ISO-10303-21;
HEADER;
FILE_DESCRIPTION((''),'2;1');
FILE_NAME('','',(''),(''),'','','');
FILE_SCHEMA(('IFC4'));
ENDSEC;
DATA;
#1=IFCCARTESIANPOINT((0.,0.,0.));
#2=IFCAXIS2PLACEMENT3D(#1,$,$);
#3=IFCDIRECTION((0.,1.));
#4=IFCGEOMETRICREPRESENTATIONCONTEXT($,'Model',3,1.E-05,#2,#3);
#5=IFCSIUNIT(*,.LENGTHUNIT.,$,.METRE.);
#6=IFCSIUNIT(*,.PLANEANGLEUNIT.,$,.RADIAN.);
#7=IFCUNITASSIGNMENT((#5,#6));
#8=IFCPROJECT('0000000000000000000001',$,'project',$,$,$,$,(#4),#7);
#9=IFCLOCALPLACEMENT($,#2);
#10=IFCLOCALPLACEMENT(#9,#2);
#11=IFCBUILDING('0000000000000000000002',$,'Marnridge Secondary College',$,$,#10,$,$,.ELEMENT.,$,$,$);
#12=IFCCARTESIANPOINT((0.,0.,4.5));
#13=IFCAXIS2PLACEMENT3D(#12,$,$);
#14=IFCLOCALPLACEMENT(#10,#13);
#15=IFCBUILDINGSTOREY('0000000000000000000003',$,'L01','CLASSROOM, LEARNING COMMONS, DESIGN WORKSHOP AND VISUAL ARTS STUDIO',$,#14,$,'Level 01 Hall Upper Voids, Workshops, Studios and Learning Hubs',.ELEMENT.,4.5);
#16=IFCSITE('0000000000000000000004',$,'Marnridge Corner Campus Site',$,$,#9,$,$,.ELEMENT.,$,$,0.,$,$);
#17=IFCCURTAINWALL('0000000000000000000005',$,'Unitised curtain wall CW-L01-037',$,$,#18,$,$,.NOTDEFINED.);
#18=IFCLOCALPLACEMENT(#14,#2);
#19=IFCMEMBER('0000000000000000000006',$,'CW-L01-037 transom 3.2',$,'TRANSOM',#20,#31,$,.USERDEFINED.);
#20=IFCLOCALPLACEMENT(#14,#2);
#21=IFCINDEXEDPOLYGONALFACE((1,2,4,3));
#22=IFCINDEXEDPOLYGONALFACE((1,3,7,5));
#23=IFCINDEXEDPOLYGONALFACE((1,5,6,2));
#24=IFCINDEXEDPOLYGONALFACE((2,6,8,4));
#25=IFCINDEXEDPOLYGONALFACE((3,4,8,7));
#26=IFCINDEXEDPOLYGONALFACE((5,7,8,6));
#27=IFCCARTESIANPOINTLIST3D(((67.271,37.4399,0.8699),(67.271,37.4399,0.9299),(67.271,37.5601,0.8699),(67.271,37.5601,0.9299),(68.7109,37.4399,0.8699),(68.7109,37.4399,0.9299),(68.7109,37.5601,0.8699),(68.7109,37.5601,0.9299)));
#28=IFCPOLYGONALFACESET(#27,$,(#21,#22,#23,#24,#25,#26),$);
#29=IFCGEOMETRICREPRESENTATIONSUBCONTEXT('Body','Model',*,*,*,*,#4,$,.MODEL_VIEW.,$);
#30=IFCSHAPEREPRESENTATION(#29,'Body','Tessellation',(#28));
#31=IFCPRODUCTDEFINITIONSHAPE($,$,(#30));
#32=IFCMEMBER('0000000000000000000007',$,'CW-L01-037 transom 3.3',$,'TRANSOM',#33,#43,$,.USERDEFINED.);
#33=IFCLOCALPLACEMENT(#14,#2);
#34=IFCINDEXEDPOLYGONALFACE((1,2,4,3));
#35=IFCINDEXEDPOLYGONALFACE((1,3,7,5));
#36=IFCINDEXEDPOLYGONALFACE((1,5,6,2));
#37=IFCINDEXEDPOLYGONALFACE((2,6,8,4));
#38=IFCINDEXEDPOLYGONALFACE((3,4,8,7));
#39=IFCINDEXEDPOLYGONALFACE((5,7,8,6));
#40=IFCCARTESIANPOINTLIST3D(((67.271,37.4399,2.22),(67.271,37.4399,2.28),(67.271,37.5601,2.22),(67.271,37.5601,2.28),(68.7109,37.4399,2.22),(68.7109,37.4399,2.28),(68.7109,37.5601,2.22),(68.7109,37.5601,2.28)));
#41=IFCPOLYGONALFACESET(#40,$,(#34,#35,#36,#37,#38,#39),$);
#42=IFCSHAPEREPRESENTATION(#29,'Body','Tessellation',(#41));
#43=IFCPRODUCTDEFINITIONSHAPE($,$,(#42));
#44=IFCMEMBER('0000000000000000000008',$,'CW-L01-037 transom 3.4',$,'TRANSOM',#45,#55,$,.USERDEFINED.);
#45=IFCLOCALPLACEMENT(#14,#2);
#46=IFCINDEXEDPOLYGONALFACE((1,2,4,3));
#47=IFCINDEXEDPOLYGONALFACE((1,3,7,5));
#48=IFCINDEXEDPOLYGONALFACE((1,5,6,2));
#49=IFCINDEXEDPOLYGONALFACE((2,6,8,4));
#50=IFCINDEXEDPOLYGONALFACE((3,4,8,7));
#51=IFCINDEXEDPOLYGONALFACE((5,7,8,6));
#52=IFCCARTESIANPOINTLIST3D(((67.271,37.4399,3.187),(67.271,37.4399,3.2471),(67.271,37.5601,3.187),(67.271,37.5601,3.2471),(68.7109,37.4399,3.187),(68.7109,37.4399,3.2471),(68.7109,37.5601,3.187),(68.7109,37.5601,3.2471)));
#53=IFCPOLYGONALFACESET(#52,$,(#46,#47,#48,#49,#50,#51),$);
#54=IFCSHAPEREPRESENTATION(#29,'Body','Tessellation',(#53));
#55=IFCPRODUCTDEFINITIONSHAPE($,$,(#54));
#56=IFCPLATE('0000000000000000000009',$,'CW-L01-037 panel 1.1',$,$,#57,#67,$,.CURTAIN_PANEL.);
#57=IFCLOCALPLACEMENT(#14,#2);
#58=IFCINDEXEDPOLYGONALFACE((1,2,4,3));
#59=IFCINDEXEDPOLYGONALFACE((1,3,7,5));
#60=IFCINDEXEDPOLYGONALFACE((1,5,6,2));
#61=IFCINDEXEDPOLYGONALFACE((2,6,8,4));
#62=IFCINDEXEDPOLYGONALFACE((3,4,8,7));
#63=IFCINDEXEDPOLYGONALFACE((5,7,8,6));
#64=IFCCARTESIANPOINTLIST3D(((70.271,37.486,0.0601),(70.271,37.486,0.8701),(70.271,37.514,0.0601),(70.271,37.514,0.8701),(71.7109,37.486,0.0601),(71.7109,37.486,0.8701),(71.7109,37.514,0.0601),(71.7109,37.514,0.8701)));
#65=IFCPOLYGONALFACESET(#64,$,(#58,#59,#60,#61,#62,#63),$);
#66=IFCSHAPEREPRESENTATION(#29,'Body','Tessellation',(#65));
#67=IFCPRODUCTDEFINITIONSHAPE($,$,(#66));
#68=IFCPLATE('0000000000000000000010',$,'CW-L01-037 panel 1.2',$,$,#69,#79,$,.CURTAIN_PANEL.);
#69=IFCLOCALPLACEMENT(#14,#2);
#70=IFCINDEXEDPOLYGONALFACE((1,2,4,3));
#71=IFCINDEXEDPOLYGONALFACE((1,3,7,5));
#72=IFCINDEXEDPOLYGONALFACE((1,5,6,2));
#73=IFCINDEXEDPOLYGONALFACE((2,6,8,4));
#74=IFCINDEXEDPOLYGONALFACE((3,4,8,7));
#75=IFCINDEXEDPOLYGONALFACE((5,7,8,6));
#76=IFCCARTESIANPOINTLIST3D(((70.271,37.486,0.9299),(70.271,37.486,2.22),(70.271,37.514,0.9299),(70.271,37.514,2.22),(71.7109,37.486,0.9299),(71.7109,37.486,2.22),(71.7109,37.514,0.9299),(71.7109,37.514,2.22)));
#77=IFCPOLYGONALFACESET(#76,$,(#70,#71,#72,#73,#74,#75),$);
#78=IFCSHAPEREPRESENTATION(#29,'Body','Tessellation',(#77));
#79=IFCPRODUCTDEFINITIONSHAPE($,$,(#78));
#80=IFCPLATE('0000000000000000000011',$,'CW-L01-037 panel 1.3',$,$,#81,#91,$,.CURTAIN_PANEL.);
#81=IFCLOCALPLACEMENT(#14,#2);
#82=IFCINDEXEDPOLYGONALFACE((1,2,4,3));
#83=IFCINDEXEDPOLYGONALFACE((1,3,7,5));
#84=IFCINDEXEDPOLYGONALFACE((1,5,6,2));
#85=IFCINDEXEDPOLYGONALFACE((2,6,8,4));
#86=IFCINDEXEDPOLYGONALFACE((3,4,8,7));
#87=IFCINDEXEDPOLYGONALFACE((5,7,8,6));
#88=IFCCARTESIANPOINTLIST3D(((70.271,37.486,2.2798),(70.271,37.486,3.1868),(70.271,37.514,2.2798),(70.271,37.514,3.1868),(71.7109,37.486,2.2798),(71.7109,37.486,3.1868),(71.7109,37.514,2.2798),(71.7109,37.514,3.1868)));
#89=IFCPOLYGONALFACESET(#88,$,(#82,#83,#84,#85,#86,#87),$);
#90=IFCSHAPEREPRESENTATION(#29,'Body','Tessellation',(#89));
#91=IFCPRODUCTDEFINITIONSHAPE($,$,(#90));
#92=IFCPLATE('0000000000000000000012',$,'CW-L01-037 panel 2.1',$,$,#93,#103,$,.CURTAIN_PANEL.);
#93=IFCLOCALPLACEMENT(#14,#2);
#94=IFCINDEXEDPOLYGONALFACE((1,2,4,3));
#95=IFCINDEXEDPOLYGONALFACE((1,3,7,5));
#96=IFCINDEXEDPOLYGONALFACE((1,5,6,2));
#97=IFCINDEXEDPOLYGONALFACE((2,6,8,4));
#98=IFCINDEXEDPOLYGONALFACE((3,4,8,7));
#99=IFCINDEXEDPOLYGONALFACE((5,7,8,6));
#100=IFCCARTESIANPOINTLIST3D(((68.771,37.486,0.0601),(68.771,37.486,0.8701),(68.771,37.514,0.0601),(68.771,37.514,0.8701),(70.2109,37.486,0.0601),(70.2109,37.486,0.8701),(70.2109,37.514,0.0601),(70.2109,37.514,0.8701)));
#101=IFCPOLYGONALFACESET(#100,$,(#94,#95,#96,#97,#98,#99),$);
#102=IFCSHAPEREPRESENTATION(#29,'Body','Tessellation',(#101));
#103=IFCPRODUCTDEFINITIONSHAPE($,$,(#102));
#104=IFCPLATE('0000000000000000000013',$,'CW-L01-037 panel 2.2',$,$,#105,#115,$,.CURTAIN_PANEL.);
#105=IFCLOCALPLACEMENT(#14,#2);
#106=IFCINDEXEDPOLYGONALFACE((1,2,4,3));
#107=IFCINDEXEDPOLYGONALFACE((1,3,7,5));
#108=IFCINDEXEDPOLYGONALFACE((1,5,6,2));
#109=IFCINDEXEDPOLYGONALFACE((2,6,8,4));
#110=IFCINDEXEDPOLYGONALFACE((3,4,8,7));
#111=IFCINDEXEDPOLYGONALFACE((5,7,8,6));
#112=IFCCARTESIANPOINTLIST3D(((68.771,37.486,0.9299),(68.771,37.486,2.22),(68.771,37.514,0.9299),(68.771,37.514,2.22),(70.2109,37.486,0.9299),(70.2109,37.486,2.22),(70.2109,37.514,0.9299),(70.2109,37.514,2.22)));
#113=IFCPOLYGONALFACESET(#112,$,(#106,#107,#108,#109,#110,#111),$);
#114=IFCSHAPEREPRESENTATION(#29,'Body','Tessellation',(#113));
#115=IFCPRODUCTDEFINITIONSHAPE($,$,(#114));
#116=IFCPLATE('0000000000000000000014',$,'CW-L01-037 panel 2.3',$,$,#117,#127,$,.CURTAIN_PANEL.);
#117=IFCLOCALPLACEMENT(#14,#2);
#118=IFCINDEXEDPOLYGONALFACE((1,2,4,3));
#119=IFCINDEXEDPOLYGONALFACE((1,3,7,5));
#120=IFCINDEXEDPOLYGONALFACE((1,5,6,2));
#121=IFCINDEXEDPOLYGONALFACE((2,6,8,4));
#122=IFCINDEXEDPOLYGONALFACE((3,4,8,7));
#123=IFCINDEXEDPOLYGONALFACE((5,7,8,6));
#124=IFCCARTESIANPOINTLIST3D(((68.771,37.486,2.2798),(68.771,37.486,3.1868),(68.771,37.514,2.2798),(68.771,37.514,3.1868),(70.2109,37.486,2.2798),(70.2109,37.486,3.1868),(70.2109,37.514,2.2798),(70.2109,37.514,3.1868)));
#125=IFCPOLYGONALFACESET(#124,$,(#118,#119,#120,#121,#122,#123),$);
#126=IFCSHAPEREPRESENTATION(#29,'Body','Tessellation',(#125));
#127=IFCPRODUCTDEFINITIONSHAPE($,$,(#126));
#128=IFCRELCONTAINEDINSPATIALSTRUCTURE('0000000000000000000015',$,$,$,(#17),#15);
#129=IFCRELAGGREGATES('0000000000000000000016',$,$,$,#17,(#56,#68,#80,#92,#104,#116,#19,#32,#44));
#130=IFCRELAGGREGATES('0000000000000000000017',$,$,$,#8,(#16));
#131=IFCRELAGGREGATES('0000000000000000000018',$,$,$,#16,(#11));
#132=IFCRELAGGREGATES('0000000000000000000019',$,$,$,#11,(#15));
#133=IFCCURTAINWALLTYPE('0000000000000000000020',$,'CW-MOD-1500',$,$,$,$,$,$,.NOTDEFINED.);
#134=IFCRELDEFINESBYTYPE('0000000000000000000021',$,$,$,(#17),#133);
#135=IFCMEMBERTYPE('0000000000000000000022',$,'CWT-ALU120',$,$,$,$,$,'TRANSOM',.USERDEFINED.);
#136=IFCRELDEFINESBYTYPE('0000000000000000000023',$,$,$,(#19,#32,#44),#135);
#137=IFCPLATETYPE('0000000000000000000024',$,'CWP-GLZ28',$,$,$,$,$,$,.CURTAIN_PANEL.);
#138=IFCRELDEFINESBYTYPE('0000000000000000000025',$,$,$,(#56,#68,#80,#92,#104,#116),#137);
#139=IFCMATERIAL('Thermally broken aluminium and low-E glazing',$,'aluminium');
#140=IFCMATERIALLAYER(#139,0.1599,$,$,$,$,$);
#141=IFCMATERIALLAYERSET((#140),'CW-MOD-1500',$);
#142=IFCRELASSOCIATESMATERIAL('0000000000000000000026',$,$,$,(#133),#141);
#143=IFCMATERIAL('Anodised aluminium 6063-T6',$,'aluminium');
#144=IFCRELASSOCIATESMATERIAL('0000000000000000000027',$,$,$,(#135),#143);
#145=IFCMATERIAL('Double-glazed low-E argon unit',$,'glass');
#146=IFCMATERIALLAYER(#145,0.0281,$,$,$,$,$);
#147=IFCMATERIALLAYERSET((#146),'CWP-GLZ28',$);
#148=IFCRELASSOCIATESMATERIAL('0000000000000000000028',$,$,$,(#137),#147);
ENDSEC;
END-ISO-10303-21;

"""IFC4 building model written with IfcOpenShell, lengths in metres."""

from ifc_helpers import new_model, si_unit, direction, frame, origin, origin_2d, place, context, subcontext, project, spatial, rectangle, extrude, material, layer, layer_set, material_profile, profile_set, type_object, element, aggregate, save


model = new_model("IFC4")

# Units and contexts
model_context = context("Model", 3, precision=1e-05, world=origin(), true_north=direction((0.0, 1.0)))
body_context = subcontext(model_context, "Body", "Model", "MODEL_VIEW")
ifc_project = project(units=[si_unit("LENGTHUNIT", "METRE"), si_unit("PLANEANGLEUNIT", "RADIAN")], contexts=[model_context])

# Site, building, storey
site_placement = place(None, origin())
site = spatial("IfcSite", under=ifc_project, at=site_placement, Name="Marnridge Corner Campus Site", CompositionType="ELEMENT", RefElevation=0.0)
building_placement = place(site_placement, origin())
building = spatial("IfcBuilding", under=site, at=building_placement, Name="Marnridge Secondary College", CompositionType="ELEMENT")
storey_placement = place(building_placement, frame((0.0, 0.0, 4.5)))
storey = spatial("IfcBuildingStorey", under=building, at=storey_placement, Name="L01", Description="CLASSROOM, LEARNING COMMONS, DESIGN WORKSHOP AND VISUAL ARTS STUDIO", LongName="Level 01 Hall Upper Voids, Workshops, Studios and Learning Hubs", CompositionType="ELEMENT", Elevation=4.5)

# Curtain wall, members, plates
ifc_material_1 = material(Name="Thermally broken aluminium and low-E glazing", Category="aluminium")
ifc_layer_1 = layer(ifc_material_1, 0.1599)
ifc_layer_set_1 = layer_set([ifc_layer_1], Name="CW-MOD-1500")
curtain_wall_type = type_object("IfcCurtainWallType", Name="CW-MOD-1500", PredefinedType="NOTDEFINED", material=ifc_layer_set_1)
curtain_wall_placement = place(storey_placement, origin())
curtain_wall = element("IfcCurtainWall", 1, at=curtain_wall_placement, inside=storey, type_object=curtain_wall_type, Name="Unitised curtain wall CW-L01-037", PredefinedType="NOTDEFINED")
ifc_material_2 = material(Name="Anodised aluminium 6063-T6", Category="aluminium")
ifc_material_profile_1 = material_profile(ifc_material_2, rectangle(XDim=0.0601, YDim=0.1201, at=origin_2d()), Name="ALU 60x120")
ifc_profile_set_1 = profile_set([ifc_material_profile_1], Name="Anodised aluminium 6063-T6")
member_type_1 = type_object("IfcMemberType", Name="CWT-ALU120", ElementType="TRANSOM", PredefinedType="USERDEFINED", material=ifc_profile_set_1)
member_1_placement = place(storey_placement, frame((68.7109, 37.5, 0.8999), z_axis=(-1.0, 0.0, 0.0), x_axis=(0.0, 0.0, 1.0)))
member_1 = element("IfcMember", 2, at=member_1_placement, type_object=member_type_1, Name="CW-L01-037 transom 3.2", ObjectType="TRANSOM", PredefinedType="USERDEFINED", context=body_context, shape_type="SweptSolid", body=[
    extrude(rectangle(XDim=0.0601, YDim=0.1201, at=origin_2d()), origin(), (0.0, 0.0, 1.0), 1.4399),
])
member_2_placement = place(storey_placement, frame((68.7109, 37.5, 2.25), z_axis=(-1.0, 0.0, 0.0), x_axis=(0.0, 0.0, 1.0)))
member_2 = element("IfcMember", 3, at=member_2_placement, type_object=member_type_1, Name="CW-L01-037 transom 3.3", ObjectType="TRANSOM", PredefinedType="USERDEFINED", context=body_context, shape_type="SweptSolid", body=[
    extrude(rectangle(XDim=0.0601, YDim=0.1201, at=origin_2d()), origin(), (0.0, 0.0, 1.0), 1.4399),
])
member_3_placement = place(storey_placement, frame((68.7109, 37.5, 3.217), z_axis=(-1.0, 0.0, 0.0), x_axis=(0.0, 0.0, 1.0)))
member_3 = element("IfcMember", 4, at=member_3_placement, type_object=member_type_1, Name="CW-L01-037 transom 3.4", ObjectType="TRANSOM", PredefinedType="USERDEFINED", context=body_context, shape_type="SweptSolid", body=[
    extrude(rectangle(XDim=0.0601, YDim=0.1201, at=origin_2d()), origin(), (0.0, 0.0, 1.0), 1.4399),
])
ifc_material_3 = material(Name="Double-glazed low-E argon unit", Category="glass")
ifc_layer_2 = layer(ifc_material_3, 0.0281)
ifc_layer_set_2 = layer_set([ifc_layer_2], Name="CWP-GLZ28")
plate_type = type_object("IfcPlateType", Name="CWP-GLZ28", PredefinedType="CURTAIN_PANEL", material=ifc_layer_set_2)
plate_1_placement = place(storey_placement, frame((70.991, 37.5, 0.0601), z_axis=(0.0, 0.0, 1.0), x_axis=(-1.0, 0.0, 0.0)))
plate_1 = element("IfcPlate", 5, at=plate_1_placement, type_object=plate_type, Name="CW-L01-037 panel 1.1", PredefinedType="CURTAIN_PANEL", context=body_context, shape_type="SweptSolid", body=[
    extrude(rectangle(XDim=1.4399, YDim=0.0281, at=origin_2d()), origin(), (0.0, 0.0, 1.0), 0.8101),
])
plate_2_placement = place(storey_placement, frame((70.991, 37.5, 0.9299), z_axis=(0.0, 0.0, 1.0), x_axis=(-1.0, 0.0, 0.0)))
plate_2 = element("IfcPlate", 6, at=plate_2_placement, type_object=plate_type, Name="CW-L01-037 panel 1.2", PredefinedType="CURTAIN_PANEL", context=body_context, shape_type="SweptSolid", body=[
    extrude(rectangle(XDim=1.4399, YDim=0.0281, at=origin_2d()), origin(), (0.0, 0.0, 1.0), 1.29),
])
plate_3_placement = place(storey_placement, frame((70.991, 37.5, 2.2798), z_axis=(0.0, 0.0, 1.0), x_axis=(-1.0, 0.0, 0.0)))
plate_3 = element("IfcPlate", 7, at=plate_3_placement, type_object=plate_type, Name="CW-L01-037 panel 1.3", PredefinedType="CURTAIN_PANEL", context=body_context, shape_type="SweptSolid", body=[
    extrude(rectangle(XDim=1.4399, YDim=0.0281, at=origin_2d()), origin(), (0.0, 0.0, 1.0), 0.907),
])
plate_4_placement = place(storey_placement, frame((69.491, 37.5, 0.0601), z_axis=(0.0, 0.0, 1.0), x_axis=(-1.0, 0.0, 0.0)))
plate_4 = element("IfcPlate", 8, at=plate_4_placement, type_object=plate_type, Name="CW-L01-037 panel 2.1", PredefinedType="CURTAIN_PANEL", context=body_context, shape_type="SweptSolid", body=[
    extrude(rectangle(XDim=1.4399, YDim=0.0281, at=origin_2d()), origin(), (0.0, 0.0, 1.0), 0.8101),
])
plate_5_placement = place(storey_placement, frame((69.491, 37.5, 0.9299), z_axis=(0.0, 0.0, 1.0), x_axis=(-1.0, 0.0, 0.0)))
plate_5 = element("IfcPlate", 9, at=plate_5_placement, type_object=plate_type, Name="CW-L01-037 panel 2.2", PredefinedType="CURTAIN_PANEL", context=body_context, shape_type="SweptSolid", body=[
    extrude(rectangle(XDim=1.4399, YDim=0.0281, at=origin_2d()), origin(), (0.0, 0.0, 1.0), 1.29),
])
plate_6_placement = place(storey_placement, frame((69.491, 37.5, 2.2798), z_axis=(0.0, 0.0, 1.0), x_axis=(-1.0, 0.0, 0.0)))
plate_6 = element("IfcPlate", 10, at=plate_6_placement, type_object=plate_type, Name="CW-L01-037 panel 2.3", PredefinedType="CURTAIN_PANEL", context=body_context, shape_type="SweptSolid", body=[
    extrude(rectangle(XDim=1.4399, YDim=0.0281, at=origin_2d()), origin(), (0.0, 0.0, 1.0), 0.907),
])
aggregate(curtain_wall, [plate_1, plate_2, plate_3, plate_4, plate_5, plate_6, member_1, member_2, member_3])

save(model, "model.ifc")
